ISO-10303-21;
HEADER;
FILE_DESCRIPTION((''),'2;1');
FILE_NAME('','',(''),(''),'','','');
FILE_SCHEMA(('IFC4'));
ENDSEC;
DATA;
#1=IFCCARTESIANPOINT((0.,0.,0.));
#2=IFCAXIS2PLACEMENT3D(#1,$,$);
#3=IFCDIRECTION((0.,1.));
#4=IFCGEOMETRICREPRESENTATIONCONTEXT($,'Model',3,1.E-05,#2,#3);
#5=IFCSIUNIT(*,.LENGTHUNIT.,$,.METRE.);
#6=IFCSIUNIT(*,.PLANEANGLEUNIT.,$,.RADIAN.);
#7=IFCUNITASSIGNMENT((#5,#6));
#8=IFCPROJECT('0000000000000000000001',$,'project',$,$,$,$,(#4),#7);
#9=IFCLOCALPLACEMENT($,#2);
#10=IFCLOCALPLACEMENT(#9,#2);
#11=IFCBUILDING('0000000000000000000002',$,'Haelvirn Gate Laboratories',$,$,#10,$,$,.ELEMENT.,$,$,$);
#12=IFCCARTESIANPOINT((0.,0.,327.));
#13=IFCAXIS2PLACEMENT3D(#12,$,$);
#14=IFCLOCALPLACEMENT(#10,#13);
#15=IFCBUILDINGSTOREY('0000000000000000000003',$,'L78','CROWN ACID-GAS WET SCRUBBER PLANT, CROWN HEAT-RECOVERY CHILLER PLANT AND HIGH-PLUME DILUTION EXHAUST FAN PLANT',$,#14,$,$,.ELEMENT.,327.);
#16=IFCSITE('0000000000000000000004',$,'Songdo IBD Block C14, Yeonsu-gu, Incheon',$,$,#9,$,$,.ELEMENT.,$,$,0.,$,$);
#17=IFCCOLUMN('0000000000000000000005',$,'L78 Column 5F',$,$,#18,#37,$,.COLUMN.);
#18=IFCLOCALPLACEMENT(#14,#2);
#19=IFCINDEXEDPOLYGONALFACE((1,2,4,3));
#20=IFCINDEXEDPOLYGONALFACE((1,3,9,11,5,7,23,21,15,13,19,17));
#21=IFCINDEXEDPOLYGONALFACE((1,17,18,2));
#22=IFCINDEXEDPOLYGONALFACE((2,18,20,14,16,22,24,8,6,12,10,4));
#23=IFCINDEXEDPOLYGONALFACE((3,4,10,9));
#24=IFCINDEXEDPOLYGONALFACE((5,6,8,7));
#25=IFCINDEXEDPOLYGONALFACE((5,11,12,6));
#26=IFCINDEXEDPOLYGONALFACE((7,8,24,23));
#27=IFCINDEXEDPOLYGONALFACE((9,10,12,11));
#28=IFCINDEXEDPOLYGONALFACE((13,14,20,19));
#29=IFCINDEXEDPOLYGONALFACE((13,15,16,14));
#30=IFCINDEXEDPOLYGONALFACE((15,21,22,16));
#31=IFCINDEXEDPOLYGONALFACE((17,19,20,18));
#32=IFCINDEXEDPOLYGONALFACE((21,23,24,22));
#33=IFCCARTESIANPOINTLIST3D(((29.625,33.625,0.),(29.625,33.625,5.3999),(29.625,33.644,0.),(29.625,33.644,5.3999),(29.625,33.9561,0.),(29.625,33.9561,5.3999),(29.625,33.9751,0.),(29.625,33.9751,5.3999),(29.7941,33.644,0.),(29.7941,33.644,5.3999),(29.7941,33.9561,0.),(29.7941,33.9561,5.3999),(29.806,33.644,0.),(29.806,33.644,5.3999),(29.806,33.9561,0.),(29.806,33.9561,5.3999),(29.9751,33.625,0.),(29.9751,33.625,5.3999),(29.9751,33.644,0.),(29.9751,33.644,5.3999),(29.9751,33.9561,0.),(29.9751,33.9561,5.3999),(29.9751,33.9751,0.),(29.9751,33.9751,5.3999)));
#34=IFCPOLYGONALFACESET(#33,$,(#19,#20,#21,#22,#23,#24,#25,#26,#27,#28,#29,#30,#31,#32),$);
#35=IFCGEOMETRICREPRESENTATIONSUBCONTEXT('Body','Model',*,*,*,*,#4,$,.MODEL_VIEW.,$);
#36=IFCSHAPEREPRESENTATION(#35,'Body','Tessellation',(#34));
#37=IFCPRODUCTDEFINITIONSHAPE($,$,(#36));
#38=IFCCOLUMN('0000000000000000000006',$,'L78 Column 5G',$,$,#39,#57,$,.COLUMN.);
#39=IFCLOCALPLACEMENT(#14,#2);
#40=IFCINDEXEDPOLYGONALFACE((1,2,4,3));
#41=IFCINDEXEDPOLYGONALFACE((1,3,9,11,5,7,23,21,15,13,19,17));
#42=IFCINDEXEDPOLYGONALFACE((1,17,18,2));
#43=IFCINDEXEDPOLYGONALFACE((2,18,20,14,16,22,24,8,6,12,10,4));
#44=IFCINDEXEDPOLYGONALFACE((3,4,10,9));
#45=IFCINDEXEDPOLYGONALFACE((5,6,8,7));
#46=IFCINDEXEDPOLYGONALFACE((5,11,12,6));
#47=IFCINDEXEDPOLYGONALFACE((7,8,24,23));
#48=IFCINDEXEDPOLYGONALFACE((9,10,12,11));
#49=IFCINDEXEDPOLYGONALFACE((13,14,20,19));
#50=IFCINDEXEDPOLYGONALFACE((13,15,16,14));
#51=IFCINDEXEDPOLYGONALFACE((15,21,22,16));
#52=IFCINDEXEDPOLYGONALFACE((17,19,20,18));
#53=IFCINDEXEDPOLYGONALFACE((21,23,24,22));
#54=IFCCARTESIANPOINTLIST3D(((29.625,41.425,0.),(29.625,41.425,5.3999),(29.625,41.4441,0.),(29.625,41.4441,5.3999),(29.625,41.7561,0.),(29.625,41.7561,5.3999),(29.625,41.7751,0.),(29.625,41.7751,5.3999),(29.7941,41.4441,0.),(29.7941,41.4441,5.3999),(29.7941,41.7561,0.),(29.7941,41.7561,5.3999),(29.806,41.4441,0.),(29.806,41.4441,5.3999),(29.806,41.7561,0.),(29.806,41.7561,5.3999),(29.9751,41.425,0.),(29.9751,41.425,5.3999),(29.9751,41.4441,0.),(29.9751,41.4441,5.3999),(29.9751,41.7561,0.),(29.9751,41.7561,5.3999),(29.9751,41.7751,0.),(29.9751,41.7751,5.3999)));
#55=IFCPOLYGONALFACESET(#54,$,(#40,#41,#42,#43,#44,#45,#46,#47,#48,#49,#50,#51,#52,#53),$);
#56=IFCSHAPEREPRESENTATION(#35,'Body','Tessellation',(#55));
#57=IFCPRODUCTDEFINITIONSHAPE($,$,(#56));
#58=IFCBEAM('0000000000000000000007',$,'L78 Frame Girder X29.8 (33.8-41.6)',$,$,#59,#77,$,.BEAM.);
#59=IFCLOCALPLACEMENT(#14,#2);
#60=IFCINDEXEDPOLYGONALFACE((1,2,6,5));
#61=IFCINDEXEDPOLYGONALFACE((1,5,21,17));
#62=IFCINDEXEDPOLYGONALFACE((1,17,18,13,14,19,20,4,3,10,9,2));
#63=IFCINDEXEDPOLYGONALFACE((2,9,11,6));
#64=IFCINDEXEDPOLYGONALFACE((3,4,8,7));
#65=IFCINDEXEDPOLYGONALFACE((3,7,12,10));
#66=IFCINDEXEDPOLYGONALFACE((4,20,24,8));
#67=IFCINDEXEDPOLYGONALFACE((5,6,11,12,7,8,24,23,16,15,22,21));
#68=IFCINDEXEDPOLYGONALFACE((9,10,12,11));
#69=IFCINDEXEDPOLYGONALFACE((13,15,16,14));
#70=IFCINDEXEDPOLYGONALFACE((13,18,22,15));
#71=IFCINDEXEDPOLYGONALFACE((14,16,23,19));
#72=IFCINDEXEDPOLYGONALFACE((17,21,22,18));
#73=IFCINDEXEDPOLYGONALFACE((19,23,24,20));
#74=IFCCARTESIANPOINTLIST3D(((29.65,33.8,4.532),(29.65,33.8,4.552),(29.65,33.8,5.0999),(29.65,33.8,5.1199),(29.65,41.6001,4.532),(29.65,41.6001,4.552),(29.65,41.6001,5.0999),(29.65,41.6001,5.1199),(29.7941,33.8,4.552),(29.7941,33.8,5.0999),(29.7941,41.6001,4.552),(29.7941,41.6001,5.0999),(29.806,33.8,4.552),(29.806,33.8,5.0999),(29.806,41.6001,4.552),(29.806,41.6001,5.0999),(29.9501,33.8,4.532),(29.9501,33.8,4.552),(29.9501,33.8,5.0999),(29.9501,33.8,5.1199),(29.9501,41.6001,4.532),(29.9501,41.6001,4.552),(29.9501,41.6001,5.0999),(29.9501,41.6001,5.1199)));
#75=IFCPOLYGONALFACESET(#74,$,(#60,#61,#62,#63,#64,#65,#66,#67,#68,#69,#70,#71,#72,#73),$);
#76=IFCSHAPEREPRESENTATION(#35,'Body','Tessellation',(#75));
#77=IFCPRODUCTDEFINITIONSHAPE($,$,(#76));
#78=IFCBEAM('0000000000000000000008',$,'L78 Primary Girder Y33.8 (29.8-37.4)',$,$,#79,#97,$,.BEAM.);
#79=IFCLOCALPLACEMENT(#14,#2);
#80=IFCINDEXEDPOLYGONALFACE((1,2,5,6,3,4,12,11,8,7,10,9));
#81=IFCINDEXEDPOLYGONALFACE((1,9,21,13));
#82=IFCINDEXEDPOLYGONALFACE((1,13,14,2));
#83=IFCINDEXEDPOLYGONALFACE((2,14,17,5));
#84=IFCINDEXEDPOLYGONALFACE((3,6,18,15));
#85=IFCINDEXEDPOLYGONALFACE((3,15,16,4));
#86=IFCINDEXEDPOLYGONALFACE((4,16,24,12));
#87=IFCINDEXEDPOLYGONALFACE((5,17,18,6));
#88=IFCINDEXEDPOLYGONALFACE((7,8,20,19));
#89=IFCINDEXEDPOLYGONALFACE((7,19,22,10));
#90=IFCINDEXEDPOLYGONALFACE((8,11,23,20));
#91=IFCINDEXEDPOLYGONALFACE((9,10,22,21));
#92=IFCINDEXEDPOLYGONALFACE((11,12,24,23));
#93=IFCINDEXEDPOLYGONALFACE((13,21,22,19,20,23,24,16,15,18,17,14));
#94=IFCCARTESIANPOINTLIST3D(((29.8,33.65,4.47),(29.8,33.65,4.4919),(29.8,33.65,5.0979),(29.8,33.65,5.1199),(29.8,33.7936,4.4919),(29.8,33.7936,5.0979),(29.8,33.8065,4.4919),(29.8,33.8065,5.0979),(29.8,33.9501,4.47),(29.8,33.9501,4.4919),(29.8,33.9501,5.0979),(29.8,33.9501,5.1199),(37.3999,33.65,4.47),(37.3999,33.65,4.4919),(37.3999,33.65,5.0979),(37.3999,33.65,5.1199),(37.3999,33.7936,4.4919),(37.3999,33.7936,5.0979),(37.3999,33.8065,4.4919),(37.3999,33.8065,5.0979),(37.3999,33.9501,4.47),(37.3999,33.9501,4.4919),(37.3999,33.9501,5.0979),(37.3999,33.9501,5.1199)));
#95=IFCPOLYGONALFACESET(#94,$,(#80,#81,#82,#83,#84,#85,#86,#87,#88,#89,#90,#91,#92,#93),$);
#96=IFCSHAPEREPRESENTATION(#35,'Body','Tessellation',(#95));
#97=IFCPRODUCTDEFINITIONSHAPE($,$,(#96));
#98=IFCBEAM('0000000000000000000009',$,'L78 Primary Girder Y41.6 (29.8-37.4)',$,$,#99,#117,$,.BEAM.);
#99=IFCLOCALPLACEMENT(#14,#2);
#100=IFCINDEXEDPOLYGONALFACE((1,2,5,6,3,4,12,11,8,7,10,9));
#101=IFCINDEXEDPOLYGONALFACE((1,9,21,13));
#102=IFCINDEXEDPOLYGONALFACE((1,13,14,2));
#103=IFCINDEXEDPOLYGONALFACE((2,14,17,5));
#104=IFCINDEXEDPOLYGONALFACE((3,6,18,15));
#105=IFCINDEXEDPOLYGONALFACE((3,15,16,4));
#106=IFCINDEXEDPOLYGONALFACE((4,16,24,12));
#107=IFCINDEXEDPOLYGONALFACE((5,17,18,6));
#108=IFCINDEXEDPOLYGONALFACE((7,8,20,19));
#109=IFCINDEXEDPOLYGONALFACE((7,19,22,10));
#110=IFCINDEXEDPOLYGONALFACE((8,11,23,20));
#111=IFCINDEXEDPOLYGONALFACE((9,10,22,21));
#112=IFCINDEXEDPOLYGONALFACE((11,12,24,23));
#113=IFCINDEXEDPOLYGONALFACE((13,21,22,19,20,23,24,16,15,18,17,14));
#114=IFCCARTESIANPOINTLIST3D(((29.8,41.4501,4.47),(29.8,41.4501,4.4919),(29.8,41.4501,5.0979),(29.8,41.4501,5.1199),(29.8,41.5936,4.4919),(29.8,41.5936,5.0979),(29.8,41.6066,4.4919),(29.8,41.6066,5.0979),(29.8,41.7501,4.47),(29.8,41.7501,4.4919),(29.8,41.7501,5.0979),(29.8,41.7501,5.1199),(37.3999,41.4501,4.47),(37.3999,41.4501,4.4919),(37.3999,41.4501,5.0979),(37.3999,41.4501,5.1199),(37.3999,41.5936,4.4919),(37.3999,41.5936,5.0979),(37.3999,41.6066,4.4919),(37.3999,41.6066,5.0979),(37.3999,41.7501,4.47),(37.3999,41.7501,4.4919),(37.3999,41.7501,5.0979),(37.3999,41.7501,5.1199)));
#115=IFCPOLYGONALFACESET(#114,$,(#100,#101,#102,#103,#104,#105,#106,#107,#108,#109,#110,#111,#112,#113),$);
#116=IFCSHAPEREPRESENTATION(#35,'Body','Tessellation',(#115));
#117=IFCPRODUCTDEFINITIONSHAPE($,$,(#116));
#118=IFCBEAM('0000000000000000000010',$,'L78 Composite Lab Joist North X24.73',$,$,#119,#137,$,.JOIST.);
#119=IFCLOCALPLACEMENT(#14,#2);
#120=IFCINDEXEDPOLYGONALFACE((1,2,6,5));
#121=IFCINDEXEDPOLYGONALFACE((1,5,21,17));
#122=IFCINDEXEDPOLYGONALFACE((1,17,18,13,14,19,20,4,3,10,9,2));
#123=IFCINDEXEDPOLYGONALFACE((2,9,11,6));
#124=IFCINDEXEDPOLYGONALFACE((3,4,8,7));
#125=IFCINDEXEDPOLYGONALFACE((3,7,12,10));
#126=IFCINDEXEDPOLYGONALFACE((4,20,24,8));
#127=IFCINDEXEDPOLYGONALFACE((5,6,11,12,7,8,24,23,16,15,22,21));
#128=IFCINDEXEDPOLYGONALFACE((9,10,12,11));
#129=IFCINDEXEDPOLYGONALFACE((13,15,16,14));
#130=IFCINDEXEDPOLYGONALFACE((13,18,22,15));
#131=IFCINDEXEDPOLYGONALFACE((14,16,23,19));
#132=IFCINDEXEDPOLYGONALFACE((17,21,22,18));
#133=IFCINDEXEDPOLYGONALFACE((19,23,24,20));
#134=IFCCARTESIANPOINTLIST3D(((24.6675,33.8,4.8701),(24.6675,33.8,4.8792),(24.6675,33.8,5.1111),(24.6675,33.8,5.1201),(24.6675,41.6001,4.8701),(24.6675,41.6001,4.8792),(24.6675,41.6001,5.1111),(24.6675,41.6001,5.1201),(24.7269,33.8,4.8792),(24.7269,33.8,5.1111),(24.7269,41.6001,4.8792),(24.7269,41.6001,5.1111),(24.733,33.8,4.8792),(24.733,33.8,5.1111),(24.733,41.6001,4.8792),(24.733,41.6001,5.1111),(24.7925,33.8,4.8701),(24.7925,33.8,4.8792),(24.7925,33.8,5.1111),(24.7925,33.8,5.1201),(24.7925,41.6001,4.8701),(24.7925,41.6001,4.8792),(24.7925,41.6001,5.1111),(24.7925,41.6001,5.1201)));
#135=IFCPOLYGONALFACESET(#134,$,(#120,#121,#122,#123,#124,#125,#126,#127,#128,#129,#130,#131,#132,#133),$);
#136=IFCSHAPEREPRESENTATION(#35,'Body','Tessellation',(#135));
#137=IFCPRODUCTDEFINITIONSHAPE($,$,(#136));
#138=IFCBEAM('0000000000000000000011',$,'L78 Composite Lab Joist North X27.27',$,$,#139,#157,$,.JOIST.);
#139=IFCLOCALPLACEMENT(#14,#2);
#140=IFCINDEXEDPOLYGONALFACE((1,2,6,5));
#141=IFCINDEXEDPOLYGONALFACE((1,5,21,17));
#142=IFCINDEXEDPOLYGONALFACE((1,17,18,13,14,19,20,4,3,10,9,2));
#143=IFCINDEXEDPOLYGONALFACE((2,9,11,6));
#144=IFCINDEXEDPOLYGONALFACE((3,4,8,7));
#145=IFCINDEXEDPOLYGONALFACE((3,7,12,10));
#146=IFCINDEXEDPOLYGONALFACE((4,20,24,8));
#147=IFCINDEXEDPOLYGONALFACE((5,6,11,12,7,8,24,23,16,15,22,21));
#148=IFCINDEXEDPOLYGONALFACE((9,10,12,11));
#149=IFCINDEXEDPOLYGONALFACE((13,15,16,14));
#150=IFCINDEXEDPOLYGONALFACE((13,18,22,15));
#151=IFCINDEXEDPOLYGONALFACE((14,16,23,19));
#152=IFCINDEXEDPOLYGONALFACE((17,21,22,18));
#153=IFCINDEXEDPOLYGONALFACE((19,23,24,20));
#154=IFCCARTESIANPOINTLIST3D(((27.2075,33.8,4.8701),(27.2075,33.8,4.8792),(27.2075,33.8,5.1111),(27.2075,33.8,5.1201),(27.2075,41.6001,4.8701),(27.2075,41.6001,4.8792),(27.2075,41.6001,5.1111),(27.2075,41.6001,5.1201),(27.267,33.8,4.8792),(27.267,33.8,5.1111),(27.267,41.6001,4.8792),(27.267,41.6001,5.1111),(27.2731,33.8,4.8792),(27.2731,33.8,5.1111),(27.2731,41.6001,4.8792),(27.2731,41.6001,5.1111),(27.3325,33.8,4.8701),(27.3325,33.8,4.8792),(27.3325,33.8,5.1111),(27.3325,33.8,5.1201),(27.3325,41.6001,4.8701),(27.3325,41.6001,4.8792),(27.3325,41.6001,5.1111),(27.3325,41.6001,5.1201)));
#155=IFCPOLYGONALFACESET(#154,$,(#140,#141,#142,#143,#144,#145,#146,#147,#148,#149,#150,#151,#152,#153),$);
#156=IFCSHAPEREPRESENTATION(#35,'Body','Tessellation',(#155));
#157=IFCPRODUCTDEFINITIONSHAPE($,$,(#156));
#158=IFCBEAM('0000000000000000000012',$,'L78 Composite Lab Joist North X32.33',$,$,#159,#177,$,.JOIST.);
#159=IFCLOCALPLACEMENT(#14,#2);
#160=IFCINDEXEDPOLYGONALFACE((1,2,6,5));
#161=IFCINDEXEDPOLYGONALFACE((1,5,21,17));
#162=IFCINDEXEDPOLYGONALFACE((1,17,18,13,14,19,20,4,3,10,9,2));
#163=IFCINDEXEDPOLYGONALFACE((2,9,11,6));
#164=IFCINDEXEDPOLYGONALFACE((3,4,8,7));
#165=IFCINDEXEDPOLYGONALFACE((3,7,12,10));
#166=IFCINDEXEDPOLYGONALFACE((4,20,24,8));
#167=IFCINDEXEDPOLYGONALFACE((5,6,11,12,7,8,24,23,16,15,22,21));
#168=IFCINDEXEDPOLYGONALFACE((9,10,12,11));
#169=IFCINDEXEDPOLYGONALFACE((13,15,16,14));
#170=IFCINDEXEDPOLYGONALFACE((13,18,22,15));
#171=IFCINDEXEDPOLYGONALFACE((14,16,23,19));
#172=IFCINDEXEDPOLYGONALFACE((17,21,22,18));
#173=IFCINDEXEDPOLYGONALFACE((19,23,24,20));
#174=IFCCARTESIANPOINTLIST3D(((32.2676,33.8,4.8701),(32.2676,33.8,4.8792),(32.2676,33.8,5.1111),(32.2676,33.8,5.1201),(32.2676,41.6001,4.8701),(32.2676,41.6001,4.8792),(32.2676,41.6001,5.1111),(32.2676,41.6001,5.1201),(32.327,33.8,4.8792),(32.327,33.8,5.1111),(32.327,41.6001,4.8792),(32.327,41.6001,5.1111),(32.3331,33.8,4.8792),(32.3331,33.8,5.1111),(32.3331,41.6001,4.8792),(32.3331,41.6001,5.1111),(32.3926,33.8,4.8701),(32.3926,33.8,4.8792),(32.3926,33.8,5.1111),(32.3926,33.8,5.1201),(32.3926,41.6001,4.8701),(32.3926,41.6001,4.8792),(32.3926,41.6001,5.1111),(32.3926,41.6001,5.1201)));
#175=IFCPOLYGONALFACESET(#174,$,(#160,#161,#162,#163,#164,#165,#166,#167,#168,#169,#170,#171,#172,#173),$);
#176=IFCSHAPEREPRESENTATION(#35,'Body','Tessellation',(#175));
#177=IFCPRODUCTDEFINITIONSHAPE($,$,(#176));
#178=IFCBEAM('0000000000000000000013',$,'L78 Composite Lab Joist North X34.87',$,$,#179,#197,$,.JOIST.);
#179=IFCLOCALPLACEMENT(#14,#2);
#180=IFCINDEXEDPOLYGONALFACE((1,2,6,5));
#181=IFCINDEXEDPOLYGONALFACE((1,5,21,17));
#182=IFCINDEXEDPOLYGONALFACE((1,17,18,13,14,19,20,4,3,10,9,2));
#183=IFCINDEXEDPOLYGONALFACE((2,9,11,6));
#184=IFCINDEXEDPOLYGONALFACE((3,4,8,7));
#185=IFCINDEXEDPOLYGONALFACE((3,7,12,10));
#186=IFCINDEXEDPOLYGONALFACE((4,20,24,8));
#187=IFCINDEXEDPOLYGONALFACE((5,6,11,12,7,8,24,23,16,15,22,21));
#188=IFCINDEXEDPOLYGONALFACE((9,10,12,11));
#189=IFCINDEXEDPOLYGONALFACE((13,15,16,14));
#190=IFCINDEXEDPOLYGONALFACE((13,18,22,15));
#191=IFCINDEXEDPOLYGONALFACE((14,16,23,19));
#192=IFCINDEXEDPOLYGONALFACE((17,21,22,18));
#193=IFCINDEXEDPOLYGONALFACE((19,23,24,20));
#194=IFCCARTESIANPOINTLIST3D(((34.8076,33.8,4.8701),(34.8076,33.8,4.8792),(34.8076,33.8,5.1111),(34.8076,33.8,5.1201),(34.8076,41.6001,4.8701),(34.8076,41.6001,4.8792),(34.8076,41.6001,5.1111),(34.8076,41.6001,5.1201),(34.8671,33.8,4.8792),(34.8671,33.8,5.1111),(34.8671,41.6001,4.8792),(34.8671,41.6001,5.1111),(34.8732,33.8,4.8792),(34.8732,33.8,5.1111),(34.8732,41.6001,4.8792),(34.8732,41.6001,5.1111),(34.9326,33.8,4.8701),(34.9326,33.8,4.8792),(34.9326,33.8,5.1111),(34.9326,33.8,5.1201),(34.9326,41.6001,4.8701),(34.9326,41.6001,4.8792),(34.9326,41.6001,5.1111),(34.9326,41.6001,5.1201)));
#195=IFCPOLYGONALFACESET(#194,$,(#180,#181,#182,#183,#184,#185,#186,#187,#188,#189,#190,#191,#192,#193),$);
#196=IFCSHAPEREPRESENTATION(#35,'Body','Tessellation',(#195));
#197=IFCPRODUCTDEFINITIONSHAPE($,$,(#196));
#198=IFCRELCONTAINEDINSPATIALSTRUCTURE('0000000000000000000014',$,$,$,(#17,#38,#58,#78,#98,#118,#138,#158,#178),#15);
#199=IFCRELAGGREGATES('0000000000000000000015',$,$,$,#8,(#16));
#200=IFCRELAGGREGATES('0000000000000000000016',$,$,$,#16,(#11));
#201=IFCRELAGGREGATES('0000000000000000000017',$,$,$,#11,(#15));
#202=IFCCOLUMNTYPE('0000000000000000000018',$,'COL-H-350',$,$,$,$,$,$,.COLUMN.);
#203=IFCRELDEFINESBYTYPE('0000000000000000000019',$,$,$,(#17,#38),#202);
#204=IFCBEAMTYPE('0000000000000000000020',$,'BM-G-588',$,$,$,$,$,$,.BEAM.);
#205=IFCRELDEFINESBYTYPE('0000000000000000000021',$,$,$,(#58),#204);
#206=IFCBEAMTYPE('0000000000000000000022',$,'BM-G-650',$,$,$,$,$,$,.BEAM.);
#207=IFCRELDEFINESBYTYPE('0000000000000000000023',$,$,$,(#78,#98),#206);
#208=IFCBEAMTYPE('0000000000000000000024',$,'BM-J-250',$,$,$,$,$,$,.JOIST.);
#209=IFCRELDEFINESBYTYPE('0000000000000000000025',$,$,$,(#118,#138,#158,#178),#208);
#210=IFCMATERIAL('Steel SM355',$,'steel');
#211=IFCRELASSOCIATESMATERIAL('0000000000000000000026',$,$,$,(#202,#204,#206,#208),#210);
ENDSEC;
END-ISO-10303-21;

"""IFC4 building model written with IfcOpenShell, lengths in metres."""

from ifc_helpers import new_model, si_unit, direction, frame, origin, origin_2d, place, context, subcontext, project, spatial, i_section, extrude, source, transform, mapped, material, material_profile, profile_set, type_object, type_shapes, element, save


model = new_model("IFC4")

# Units and contexts
model_context = context("Model", 3, precision=1e-05, world=origin(), true_north=direction((0.0, 1.0)))
body_context = subcontext(model_context, "Body", "Model", "MODEL_VIEW")
ifc_project = project(units=[si_unit("LENGTHUNIT", "METRE"), si_unit("PLANEANGLEUNIT", "RADIAN")], contexts=[model_context])

# Site, building, storey
site_placement = place(None, origin())
site = spatial("IfcSite", under=ifc_project, at=site_placement, Name="Songdo IBD Block C14, Yeonsu-gu, Incheon", CompositionType="ELEMENT", RefElevation=0.0)
building_placement = place(site_placement, origin())
building = spatial("IfcBuilding", under=site, at=building_placement, Name="Haelvirn Gate Laboratories", CompositionType="ELEMENT")
storey_placement = place(building_placement, frame((0.0, 0.0, 327.0)))
storey = spatial("IfcBuildingStorey", under=building, at=storey_placement, Name="L78", Description="CROWN ACID-GAS WET SCRUBBER PLANT, CROWN HEAT-RECOVERY CHILLER PLANT AND HIGH-PLUME DILUTION EXHAUST FAN PLANT", CompositionType="ELEMENT", Elevation=327.0)

# Columns
ifc_material_1 = material(Name="Steel SM355", Category="steel")
ifc_material_profile_1 = material_profile(ifc_material_1, i_section(OverallWidth=0.3501, OverallDepth=0.3501, WebThickness=0.012, FlangeThickness=0.019, at=origin_2d()), Name="H-350x350x12x19")
ifc_profile_set_1 = profile_set([ifc_material_profile_1], Name="Steel SM355")
column_type = type_object("IfcColumnType", Name="COL-H-350", PredefinedType="COLUMN", material=ifc_profile_set_1)
shared_shape_1 = source(origin(), body_context, "Body", "SweptSolid", [
    extrude(i_section(OverallWidth=0.3501, OverallDepth=0.3501, WebThickness=0.012, FlangeThickness=0.019, at=origin_2d()), origin(), (0.0, 0.0, 1.0), 5.3999),
])
type_shapes(column_type, [shared_shape_1])
for number, where, z_axis, x_axis, name in (
    (1, (29.8, 33.8, 0.0), (0.0, 0.0, 1.0), (1.0, 0.0, 0.0), "L78 Column 5F"),
    (2, (29.8, 41.6001, 0.0), (0.0, 0.0, 1.0), (1.0, 0.0, 0.0), "L78 Column 5G"),
):
    element("IfcColumn", number, at=place(storey_placement, frame(where, z_axis=z_axis, x_axis=x_axis)), inside=storey, type_object=column_type, Name=name, PredefinedType="COLUMN", context=body_context, shape_type="MappedRepresentation", body=[
        mapped(shared_shape_1, transform((0.0, 0.0, 0.0), scale=1.0)),
    ])

# Beams
ifc_material_profile_2 = material_profile(ifc_material_1, i_section(OverallWidth=0.3, OverallDepth=0.5879, WebThickness=0.012, FlangeThickness=0.02, at=origin_2d()), Name="H-588x300x12x20")
ifc_profile_set_2 = profile_set([ifc_material_profile_2], Name="Steel SM355")
beam_type_1 = type_object("IfcBeamType", Name="BM-G-588", PredefinedType="BEAM", material=ifc_profile_set_2)
shared_shape_2 = source(origin(), body_context, "Body", "SweptSolid", [
    extrude(i_section(OverallWidth=0.3, OverallDepth=0.5879, WebThickness=0.012, FlangeThickness=0.02, at=origin_2d()), origin(), (0.0, 0.0, 1.0), 7.8),
])
type_shapes(beam_type_1, [shared_shape_2])
beam_placement = place(storey_placement, frame((29.8, 33.8, 4.8259), z_axis=(0.0, 1.0, 0.0), x_axis=(-1.0, 0.0, 0.0)))
element("IfcBeam", 3, at=beam_placement, inside=storey, type_object=beam_type_1, Name="L78 Frame Girder X29.8 (33.8-41.6)", PredefinedType="BEAM", context=body_context, shape_type="MappedRepresentation", body=[
    mapped(shared_shape_2, transform((0.0, 0.0, 0.0), scale=1.0)),
])
ifc_material_profile_3 = material_profile(ifc_material_1, i_section(OverallWidth=0.3, OverallDepth=0.6499, WebThickness=0.0129, FlangeThickness=0.022, at=origin_2d()), Name="H-650x300x13x22")
ifc_profile_set_3 = profile_set([ifc_material_profile_3], Name="Steel SM355")
beam_type_2 = type_object("IfcBeamType", Name="BM-G-650", PredefinedType="BEAM", material=ifc_profile_set_3)
shared_shape_3 = source(origin(), body_context, "Body", "SweptSolid", [
    extrude(i_section(OverallWidth=0.3, OverallDepth=0.6499, WebThickness=0.0129, FlangeThickness=0.022, at=origin_2d()), origin(), (0.0, 0.0, 1.0), 7.5999),
])
type_shapes(beam_type_2, [shared_shape_3])
for number, where, z_axis, x_axis, name in (
    (4, (29.8, 33.8, 4.7949), (1.0, 0.0, 0.0), (0.0, 1.0, 0.0), "L78 Primary Girder Y33.8 (29.8-37.4)"),
    (5, (29.8, 41.6001, 4.7949), (1.0, 0.0, 0.0), (0.0, 1.0, 0.0), "L78 Primary Girder Y41.6 (29.8-37.4)"),
):
    element("IfcBeam", number, at=place(storey_placement, frame(where, z_axis=z_axis, x_axis=x_axis)), inside=storey, type_object=beam_type_2, Name=name, PredefinedType="BEAM", context=body_context, shape_type="MappedRepresentation", body=[
        mapped(shared_shape_3, transform((0.0, 0.0, 0.0), scale=1.0)),
    ])
ifc_material_profile_4 = material_profile(ifc_material_1, i_section(OverallWidth=0.125, OverallDepth=0.25, WebThickness=0.0061, FlangeThickness=0.009, at=origin_2d()), Name="H-250x125x6x9")
ifc_profile_set_4 = profile_set([ifc_material_profile_4], Name="Steel SM355")
beam_type_3 = type_object("IfcBeamType", Name="BM-J-250", PredefinedType="JOIST", material=ifc_profile_set_4)
shared_shape_4 = source(origin(), body_context, "Body", "SweptSolid", [
    extrude(i_section(OverallWidth=0.125, OverallDepth=0.25, WebThickness=0.0061, FlangeThickness=0.009, at=origin_2d()), origin(), (0.0, 0.0, 1.0), 7.8),
])
type_shapes(beam_type_3, [shared_shape_4])
for number, where, z_axis, x_axis, name in (
    (6, (24.73, 33.8, 4.9951), (0.0, 1.0, 0.0), (-1.0, 0.0, 0.0), "L78 Composite Lab Joist North X24.73"),
    (7, (27.27, 33.8, 4.9951), (0.0, 1.0, 0.0), (-1.0, 0.0, 0.0), "L78 Composite Lab Joist North X27.27"),
    (8, (32.3301, 33.8, 4.9951), (0.0, 1.0, 0.0), (-1.0, 0.0, 0.0), "L78 Composite Lab Joist North X32.33"),
    (9, (34.8701, 33.8, 4.9951), (0.0, 1.0, 0.0), (-1.0, 0.0, 0.0), "L78 Composite Lab Joist North X34.87"),
):
    element("IfcBeam", number, at=place(storey_placement, frame(where, z_axis=z_axis, x_axis=x_axis)), inside=storey, type_object=beam_type_3, Name=name, PredefinedType="JOIST", context=body_context, shape_type="MappedRepresentation", body=[
        mapped(shared_shape_4, transform((0.0, 0.0, 0.0), scale=1.0)),
    ])

save(model, "model.ifc")
